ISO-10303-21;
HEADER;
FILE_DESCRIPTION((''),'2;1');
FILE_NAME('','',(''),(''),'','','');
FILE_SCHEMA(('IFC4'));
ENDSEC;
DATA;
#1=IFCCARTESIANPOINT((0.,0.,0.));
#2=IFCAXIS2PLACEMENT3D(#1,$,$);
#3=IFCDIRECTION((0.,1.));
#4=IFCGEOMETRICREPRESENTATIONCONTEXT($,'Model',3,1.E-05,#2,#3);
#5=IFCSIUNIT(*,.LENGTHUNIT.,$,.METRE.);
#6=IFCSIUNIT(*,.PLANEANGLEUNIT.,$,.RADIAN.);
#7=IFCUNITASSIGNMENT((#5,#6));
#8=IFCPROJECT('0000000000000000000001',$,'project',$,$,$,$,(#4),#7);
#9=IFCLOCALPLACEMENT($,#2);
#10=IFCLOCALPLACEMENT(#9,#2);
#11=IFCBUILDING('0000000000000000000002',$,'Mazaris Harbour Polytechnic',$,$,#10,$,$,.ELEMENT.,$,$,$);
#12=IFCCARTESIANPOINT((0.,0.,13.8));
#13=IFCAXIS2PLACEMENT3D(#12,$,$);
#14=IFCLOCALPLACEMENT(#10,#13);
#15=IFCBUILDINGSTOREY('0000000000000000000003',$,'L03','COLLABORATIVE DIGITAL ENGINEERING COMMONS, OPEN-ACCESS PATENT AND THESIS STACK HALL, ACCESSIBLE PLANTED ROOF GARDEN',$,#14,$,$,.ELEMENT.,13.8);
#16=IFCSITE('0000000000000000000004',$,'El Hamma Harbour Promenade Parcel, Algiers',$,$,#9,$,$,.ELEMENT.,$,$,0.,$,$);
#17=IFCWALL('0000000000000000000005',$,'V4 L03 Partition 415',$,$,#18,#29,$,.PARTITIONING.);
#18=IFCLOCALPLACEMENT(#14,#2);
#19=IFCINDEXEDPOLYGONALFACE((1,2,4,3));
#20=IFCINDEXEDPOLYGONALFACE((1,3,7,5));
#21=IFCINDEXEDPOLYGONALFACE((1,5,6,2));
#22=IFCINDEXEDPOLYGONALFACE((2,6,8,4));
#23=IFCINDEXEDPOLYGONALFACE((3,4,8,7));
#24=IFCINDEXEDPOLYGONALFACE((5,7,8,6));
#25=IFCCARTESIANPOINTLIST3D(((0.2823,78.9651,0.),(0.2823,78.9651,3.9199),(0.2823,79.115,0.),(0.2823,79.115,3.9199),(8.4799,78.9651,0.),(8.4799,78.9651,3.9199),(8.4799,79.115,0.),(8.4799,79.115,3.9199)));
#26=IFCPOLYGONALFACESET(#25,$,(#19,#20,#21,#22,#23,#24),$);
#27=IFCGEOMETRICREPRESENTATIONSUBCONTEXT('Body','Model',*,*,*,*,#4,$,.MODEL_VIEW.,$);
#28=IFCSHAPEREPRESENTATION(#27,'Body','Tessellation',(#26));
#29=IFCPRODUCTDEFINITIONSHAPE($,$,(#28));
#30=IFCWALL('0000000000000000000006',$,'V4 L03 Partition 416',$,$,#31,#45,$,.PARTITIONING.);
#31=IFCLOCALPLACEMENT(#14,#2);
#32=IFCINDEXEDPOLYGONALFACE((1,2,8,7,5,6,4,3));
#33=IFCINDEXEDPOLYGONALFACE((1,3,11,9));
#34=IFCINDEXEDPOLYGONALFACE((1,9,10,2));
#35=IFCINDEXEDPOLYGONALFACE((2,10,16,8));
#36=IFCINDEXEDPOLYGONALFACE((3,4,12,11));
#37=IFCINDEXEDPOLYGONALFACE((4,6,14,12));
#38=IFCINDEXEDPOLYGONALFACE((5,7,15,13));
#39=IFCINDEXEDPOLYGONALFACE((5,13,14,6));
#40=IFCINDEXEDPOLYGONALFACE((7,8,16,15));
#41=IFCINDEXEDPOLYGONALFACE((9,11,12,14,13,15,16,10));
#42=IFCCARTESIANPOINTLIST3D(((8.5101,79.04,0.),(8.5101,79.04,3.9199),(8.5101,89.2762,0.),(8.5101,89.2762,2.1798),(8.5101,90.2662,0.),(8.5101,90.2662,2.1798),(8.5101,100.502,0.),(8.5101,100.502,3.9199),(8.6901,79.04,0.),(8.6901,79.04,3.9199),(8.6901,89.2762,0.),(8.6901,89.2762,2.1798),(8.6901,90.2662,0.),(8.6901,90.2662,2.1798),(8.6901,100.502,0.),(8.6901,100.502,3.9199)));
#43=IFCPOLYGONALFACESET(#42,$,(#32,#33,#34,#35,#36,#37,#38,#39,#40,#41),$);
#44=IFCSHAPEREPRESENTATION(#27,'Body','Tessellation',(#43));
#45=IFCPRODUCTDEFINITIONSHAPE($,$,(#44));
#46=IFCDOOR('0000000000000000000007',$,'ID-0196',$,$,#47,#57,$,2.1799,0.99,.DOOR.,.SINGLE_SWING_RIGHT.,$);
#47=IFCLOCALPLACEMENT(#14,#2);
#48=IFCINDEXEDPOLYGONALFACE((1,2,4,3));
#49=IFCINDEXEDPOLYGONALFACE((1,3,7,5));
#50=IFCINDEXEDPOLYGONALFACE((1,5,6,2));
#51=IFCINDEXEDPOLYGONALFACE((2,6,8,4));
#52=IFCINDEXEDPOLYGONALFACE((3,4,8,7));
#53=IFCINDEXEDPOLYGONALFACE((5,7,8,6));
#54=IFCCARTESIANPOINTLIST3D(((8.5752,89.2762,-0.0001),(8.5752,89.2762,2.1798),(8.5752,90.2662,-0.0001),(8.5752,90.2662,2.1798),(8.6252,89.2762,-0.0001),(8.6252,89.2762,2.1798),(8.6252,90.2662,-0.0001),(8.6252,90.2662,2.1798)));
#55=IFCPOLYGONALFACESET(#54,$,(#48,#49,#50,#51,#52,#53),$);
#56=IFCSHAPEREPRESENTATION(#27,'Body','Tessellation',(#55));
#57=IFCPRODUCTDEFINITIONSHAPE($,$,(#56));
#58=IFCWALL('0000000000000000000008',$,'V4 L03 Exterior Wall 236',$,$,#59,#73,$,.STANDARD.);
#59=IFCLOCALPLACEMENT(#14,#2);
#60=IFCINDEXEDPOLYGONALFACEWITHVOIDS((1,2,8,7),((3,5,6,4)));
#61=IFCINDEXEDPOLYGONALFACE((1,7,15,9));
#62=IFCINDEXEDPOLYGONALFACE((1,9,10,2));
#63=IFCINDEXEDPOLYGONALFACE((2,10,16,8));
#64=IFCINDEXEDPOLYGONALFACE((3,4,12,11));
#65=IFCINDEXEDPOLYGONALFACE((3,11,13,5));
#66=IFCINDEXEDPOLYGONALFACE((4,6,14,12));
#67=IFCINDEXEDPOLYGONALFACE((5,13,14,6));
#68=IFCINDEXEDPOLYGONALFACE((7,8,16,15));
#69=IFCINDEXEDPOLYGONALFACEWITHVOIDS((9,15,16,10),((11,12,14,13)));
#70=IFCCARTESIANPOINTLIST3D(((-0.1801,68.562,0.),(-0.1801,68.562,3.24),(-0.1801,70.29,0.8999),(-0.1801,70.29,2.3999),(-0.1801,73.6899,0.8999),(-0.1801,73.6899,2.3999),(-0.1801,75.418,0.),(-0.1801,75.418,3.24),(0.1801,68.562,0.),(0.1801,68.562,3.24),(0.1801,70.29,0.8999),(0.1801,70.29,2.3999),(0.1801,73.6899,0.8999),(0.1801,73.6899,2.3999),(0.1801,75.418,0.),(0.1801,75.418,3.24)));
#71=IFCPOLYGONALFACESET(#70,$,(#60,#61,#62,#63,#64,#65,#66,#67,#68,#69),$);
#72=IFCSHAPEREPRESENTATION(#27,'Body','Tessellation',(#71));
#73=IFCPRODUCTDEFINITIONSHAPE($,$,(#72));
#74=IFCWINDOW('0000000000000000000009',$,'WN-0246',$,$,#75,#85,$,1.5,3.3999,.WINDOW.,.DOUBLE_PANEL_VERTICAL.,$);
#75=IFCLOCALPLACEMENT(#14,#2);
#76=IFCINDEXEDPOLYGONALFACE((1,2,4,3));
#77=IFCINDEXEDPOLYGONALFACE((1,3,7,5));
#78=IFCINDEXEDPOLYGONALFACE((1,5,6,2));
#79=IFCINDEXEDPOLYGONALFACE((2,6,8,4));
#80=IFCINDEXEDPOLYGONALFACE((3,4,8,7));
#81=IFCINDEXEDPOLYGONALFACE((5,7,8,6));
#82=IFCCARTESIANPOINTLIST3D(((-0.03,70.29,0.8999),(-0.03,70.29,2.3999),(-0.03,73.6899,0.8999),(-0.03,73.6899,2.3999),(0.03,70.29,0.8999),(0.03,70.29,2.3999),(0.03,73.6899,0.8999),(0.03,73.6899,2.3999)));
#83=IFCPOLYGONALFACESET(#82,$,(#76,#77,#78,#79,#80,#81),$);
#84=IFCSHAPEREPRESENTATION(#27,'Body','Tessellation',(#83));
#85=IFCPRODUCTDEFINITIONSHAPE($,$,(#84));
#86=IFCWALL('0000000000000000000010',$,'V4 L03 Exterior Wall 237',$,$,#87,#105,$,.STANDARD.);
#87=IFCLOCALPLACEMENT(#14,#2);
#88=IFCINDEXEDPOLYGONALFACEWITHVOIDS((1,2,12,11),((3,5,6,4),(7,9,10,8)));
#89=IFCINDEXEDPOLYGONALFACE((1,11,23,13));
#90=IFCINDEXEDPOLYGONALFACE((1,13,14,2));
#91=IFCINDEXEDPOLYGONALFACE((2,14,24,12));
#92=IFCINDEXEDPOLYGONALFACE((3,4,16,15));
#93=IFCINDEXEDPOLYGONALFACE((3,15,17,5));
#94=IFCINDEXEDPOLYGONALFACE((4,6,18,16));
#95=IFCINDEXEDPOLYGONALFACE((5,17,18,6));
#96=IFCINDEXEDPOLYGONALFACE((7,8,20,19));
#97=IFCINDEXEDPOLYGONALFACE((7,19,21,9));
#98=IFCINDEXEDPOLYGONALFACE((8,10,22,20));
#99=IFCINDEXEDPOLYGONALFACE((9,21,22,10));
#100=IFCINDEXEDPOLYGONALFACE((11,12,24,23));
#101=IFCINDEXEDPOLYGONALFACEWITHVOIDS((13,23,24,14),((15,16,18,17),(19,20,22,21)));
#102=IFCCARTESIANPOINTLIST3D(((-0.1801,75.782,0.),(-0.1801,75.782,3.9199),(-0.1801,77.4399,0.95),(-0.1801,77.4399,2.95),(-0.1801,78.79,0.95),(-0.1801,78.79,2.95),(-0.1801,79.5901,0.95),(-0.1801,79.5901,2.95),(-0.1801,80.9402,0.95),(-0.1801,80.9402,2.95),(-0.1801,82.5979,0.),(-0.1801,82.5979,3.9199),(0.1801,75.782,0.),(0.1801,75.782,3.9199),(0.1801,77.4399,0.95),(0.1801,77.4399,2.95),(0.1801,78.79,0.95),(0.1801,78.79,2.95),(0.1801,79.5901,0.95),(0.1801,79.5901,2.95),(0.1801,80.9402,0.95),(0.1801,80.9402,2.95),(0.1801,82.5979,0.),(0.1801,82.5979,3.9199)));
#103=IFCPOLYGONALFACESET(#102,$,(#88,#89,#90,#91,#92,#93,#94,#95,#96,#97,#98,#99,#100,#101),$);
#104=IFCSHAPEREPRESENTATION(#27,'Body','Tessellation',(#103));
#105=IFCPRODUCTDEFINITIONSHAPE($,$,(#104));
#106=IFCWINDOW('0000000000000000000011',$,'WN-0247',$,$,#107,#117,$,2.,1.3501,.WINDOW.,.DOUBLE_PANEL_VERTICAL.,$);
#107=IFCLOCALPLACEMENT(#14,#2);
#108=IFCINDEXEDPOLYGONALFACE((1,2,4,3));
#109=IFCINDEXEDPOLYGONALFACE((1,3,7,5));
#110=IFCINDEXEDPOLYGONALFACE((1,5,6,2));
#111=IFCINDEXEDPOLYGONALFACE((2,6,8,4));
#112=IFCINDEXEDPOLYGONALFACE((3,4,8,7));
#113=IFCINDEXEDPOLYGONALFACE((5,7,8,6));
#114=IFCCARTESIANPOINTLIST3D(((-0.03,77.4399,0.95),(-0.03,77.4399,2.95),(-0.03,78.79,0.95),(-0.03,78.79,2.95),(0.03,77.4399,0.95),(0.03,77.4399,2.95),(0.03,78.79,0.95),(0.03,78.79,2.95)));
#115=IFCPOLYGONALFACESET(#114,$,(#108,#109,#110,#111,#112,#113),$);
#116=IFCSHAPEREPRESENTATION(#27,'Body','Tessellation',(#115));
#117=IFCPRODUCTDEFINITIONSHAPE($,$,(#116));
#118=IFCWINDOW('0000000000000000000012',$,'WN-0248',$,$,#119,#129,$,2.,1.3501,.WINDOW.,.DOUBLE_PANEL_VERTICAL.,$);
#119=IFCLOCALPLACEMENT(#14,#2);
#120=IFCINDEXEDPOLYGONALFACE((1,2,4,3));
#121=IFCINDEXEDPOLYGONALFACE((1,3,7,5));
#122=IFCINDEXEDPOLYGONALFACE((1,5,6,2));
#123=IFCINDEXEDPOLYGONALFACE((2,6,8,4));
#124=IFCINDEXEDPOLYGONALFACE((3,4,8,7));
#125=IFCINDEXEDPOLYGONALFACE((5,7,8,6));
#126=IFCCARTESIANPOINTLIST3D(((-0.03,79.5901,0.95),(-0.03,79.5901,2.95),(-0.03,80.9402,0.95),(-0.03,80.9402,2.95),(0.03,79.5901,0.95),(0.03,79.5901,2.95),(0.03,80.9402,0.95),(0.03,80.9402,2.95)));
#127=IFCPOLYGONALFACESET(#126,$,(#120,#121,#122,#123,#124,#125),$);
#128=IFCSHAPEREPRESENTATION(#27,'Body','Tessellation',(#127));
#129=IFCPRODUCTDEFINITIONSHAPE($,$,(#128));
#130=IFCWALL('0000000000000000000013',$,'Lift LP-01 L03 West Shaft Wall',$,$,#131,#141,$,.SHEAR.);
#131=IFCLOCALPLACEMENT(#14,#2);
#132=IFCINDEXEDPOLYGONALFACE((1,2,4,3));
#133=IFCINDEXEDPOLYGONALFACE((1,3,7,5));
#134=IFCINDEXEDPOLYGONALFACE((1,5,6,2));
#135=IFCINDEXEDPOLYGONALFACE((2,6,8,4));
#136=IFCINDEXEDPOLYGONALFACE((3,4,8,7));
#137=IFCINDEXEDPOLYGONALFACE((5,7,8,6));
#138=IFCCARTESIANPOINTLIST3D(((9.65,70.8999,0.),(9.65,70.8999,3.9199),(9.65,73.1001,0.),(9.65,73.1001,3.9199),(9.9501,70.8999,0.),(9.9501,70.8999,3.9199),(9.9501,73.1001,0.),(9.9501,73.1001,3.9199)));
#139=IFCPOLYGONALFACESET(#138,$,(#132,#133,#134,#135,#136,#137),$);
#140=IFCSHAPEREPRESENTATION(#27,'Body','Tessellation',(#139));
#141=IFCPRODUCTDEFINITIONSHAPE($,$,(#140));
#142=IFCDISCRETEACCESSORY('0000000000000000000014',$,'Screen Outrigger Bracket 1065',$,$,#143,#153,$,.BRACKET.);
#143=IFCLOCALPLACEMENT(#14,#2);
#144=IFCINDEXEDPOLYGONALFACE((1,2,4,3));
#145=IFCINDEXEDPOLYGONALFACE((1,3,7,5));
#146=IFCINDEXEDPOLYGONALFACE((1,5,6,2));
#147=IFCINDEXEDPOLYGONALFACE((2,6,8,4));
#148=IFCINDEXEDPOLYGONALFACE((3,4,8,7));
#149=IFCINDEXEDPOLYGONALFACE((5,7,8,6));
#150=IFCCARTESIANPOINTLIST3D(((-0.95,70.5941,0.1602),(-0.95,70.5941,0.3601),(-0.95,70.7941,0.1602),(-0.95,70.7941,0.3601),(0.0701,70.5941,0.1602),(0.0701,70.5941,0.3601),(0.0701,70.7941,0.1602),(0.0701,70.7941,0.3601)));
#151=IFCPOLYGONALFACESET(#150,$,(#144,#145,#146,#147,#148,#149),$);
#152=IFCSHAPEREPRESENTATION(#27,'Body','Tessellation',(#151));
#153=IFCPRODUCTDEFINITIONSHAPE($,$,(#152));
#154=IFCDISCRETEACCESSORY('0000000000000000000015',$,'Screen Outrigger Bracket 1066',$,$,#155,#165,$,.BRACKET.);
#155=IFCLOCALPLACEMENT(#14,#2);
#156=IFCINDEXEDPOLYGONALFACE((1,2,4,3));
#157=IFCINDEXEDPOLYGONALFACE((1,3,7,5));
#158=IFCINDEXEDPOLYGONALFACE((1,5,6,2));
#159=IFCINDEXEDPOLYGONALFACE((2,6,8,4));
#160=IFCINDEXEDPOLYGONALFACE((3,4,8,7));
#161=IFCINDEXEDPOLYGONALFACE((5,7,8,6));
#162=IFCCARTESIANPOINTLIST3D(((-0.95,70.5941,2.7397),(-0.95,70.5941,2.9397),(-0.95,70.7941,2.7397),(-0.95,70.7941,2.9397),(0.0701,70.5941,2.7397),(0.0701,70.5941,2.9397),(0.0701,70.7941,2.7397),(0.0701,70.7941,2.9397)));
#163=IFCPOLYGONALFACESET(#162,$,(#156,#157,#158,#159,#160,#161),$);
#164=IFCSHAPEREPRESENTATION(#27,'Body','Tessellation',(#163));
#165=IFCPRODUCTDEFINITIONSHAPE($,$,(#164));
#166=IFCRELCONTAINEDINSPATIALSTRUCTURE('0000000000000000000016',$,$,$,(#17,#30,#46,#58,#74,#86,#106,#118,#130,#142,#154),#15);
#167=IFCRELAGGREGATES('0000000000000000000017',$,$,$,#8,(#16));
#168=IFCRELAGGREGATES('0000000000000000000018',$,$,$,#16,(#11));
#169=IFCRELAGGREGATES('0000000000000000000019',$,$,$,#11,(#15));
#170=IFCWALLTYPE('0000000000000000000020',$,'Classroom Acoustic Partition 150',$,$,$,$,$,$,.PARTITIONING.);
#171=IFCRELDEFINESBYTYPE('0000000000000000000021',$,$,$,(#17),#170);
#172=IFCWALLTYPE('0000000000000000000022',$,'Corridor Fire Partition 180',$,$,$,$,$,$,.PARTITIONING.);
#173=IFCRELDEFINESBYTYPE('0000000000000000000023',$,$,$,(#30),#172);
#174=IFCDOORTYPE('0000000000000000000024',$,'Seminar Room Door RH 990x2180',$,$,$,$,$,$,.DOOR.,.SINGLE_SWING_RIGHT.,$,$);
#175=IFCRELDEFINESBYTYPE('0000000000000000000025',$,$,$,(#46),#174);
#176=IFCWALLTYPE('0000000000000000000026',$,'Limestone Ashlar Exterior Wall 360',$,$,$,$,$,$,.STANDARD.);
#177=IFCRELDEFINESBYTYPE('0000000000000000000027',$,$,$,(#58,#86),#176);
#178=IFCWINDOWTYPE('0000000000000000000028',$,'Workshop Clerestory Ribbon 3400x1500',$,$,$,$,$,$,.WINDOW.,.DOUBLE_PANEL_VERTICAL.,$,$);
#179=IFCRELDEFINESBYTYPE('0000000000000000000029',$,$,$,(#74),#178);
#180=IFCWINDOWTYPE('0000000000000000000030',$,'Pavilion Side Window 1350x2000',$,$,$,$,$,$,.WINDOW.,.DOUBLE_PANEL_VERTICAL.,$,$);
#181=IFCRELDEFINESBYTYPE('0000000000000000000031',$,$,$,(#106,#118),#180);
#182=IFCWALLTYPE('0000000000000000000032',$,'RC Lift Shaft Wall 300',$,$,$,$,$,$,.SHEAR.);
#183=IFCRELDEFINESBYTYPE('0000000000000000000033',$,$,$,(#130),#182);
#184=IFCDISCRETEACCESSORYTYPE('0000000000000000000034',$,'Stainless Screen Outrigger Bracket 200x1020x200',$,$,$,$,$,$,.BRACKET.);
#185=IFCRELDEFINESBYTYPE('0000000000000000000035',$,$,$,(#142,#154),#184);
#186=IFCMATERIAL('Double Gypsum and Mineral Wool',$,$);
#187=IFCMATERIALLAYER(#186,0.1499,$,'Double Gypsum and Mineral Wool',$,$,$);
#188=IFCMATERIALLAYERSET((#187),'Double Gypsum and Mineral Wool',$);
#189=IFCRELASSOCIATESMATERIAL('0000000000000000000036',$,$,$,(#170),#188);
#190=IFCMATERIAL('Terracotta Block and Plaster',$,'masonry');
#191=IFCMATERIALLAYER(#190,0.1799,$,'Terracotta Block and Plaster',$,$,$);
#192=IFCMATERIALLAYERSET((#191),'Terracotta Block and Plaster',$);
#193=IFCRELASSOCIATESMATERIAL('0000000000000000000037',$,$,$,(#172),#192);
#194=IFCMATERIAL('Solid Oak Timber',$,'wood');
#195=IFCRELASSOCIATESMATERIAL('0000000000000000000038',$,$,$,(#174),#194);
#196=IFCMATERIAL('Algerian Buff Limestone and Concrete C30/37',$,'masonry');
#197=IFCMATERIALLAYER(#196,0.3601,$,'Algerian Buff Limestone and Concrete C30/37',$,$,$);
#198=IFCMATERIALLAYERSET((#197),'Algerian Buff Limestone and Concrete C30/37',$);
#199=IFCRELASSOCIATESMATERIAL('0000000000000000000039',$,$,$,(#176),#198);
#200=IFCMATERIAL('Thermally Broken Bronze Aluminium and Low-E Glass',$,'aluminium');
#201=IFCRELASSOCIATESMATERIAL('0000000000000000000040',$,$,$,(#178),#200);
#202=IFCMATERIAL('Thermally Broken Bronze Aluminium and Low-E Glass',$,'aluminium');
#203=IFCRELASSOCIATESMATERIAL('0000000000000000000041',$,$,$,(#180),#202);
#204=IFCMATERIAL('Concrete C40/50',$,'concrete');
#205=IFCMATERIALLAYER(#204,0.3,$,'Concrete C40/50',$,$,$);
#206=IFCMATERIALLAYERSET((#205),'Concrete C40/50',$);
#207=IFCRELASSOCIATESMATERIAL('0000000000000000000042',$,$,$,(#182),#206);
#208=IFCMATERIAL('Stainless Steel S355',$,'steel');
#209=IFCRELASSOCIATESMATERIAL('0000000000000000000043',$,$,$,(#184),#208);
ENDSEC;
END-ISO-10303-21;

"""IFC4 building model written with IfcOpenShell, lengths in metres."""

from ifc_helpers import new_model, si_unit, direction, frame, frame_2d, origin, origin_2d, place, context, subcontext, project, spatial, rectangle, extrude, material, layer, layer_set, type_object, element, fill, save


model = new_model("IFC4")

# Units and contexts
model_context = context("Model", 3, precision=1e-05, world=origin(), true_north=direction((0.0, 1.0)))
body_context = subcontext(model_context, "Body", "Model", "MODEL_VIEW")
ifc_project = project(units=[si_unit("LENGTHUNIT", "METRE"), si_unit("PLANEANGLEUNIT", "RADIAN")], contexts=[model_context])

# Site, building, storey
site_placement = place(None, origin())
site = spatial("IfcSite", under=ifc_project, at=site_placement, Name="El Hamma Harbour Promenade Parcel, Algiers", CompositionType="ELEMENT", RefElevation=0.0)
building_placement = place(site_placement, origin())
building = spatial("IfcBuilding", under=site, at=building_placement, Name="Mazaris Harbour Polytechnic", CompositionType="ELEMENT")
storey_placement = place(building_placement, frame((0.0, 0.0, 13.8)))
storey = spatial("IfcBuildingStorey", under=building, at=storey_placement, Name="L03", Description="COLLABORATIVE DIGITAL ENGINEERING COMMONS, OPEN-ACCESS PATENT AND THESIS STACK HALL, ACCESSIBLE PLANTED ROOF GARDEN", CompositionType="ELEMENT", Elevation=13.8)

# Wall
ifc_material_1 = material(Name="Double Gypsum and Mineral Wool")
ifc_layer_1 = layer(ifc_material_1, 0.1499, Name="Double Gypsum and Mineral Wool")
ifc_layer_set_1 = layer_set([ifc_layer_1], Name="Double Gypsum and Mineral Wool")
wall_type_1 = type_object("IfcWallType", Name="Classroom Acoustic Partition 150", PredefinedType="PARTITIONING", material=ifc_layer_set_1)
wall_1_placement = place(storey_placement, frame((0.2825, 79.04, 0.0), z_axis=(0.0, 0.0, 1.0), x_axis=(1.0, 0.0, 0.0)))
element("IfcWall", 1, at=wall_1_placement, inside=storey, type_object=wall_type_1, Name="V4 L03 Partition 415", PredefinedType="PARTITIONING", context=body_context, shape_type="SweptSolid", body=[
    extrude(rectangle(XDim=8.1975, YDim=0.1499, at=frame_2d((4.0986, 0.0))), origin(), (0.0, 0.0, 1.0), 3.9199),
])

# Wall, opening, door
ifc_material_2 = material(Name="Terracotta Block and Plaster", Category="masonry")
ifc_layer_2 = layer(ifc_material_2, 0.1799, Name="Terracotta Block and Plaster")
ifc_layer_set_2 = layer_set([ifc_layer_2], Name="Terracotta Block and Plaster")
wall_type_2 = type_object("IfcWallType", Name="Corridor Fire Partition 180", PredefinedType="PARTITIONING", material=ifc_layer_set_2)
wall_2_placement = place(storey_placement, frame((8.6001, 79.04, 0.0), z_axis=(0.0, 0.0, 1.0), x_axis=(0.0, 1.0, 0.0)))
wall_2 = element("IfcWall", 2, at=wall_2_placement, inside=storey, type_object=wall_type_2, Name="V4 L03 Partition 416", PredefinedType="PARTITIONING", context=body_context, shape_type="SweptSolid", body=[
    extrude(rectangle(XDim=21.4619, YDim=0.1799, at=frame_2d((10.731, 0.0))), origin(), (0.0, 0.0, 1.0), 3.9199),
])
opening_1_placement = place(wall_2_placement, frame((10.2361, 0.0, 0.0)))
opening_1 = element("IfcOpeningElement", 3, at=opening_1_placement, cuts=wall_2, PredefinedType="OPENING", context=body_context, shape_type="SweptSolid", body=[
    extrude(rectangle(XDim=0.99, YDim=2.1799, at=frame_2d((0.4951, 1.0898))), frame((0.0, 0.0999, 0.0), z_axis=(0.0, -1.0, 0.0), x_axis=(1.0, 0.0, 0.0)), (0.0, 0.0, 1.0), 0.2),
])
ifc_material_3 = material(Name="Solid Oak Timber", Category="wood")
door_type = type_object("IfcDoorType", Name="Seminar Room Door RH 990x2180", OperationType="SINGLE_SWING_RIGHT", PredefinedType="DOOR", material=ifc_material_3)
door_placement = place(opening_1_placement, origin())
door = element("IfcDoor", 4, at=door_placement, inside=storey, type_object=door_type, Name="ID-0196", OperationType="SINGLE_SWING_RIGHT", OverallHeight=2.1799, OverallWidth=0.99, PredefinedType="DOOR", context=body_context, shape_type="SweptSolid", body=[
    extrude(rectangle(XDim=0.99, YDim=2.1799, at=frame_2d((0.4951, 1.0898))), frame((0.0, 0.0249, 0.0), z_axis=(0.0, -1.0, 0.0), x_axis=(1.0, 0.0, 0.0)), (0.0, 0.0, 1.0), 0.05),
])
fill(opening_1, door)

# Wall, opening, window
ifc_material_4 = material(Name="Algerian Buff Limestone and Concrete C30/37", Category="masonry")
ifc_layer_3 = layer(ifc_material_4, 0.3601, Name="Algerian Buff Limestone and Concrete C30/37")
ifc_layer_set_3 = layer_set([ifc_layer_3], Name="Algerian Buff Limestone and Concrete C30/37")
wall_type_3 = type_object("IfcWallType", Name="Limestone Ashlar Exterior Wall 360", PredefinedType="STANDARD", material=ifc_layer_set_3)
wall_3_placement = place(storey_placement, frame((0.0, 68.562, 0.0), z_axis=(0.0, 0.0, 1.0), x_axis=(0.0, 1.0, 0.0)))
wall_3 = element("IfcWall", 5, at=wall_3_placement, inside=storey, type_object=wall_type_3, Name="V4 L03 Exterior Wall 236", PredefinedType="STANDARD", context=body_context, shape_type="SweptSolid", body=[
    extrude(rectangle(XDim=6.856, YDim=0.3601, at=frame_2d((3.428, 0.0))), origin(), (0.0, 0.0, 1.0), 3.24),
])
opening_2_placement = place(wall_3_placement, frame((1.728, 0.0, 0.8999)))
opening_2 = element("IfcOpeningElement", 6, at=opening_2_placement, cuts=wall_3, PredefinedType="OPENING", context=body_context, shape_type="SweptSolid", body=[
    extrude(rectangle(XDim=3.3999, YDim=1.5, at=frame_2d((1.7, 0.75))), frame((0.0, 0.1899, 0.0), z_axis=(0.0, -1.0, 0.0), x_axis=(1.0, 0.0, 0.0)), (0.0, 0.0, 1.0), 0.3801),
])
ifc_material_5 = material(Name="Thermally Broken Bronze Aluminium and Low-E Glass", Category="aluminium")
window_type_1 = type_object("IfcWindowType", Name="Workshop Clerestory Ribbon 3400x1500", PartitioningType="DOUBLE_PANEL_VERTICAL", PredefinedType="WINDOW", material=ifc_material_5)
window_1_placement = place(opening_2_placement, origin())
window_1 = element("IfcWindow", 7, at=window_1_placement, inside=storey, type_object=window_type_1, Name="WN-0246", OverallHeight=1.5, OverallWidth=3.3999, PartitioningType="DOUBLE_PANEL_VERTICAL", PredefinedType="WINDOW", context=body_context, shape_type="SweptSolid", body=[
    extrude(rectangle(XDim=3.3999, YDim=1.5, at=frame_2d((1.7, 0.75))), frame((0.0, 0.03, 0.0), z_axis=(0.0, -1.0, 0.0), x_axis=(1.0, 0.0, 0.0)), (0.0, 0.0, 1.0), 0.0601),
])
fill(opening_2, window_1)

# Wall, openings, windows
wall_4_placement = place(storey_placement, frame((0.0, 75.782, 0.0), z_axis=(0.0, 0.0, 1.0), x_axis=(0.0, 1.0, 0.0)))
wall_4 = element("IfcWall", 8, at=wall_4_placement, inside=storey, type_object=wall_type_3, Name="V4 L03 Exterior Wall 237", PredefinedType="STANDARD", context=body_context, shape_type="SweptSolid", body=[
    extrude(rectangle(XDim=6.8159, YDim=0.3601, at=frame_2d((3.408, 0.0))), origin(), (0.0, 0.0, 1.0), 3.9199),
])
opening_3_placement = place(wall_4_placement, frame((1.658, 0.0, 0.95)))
opening_3 = element("IfcOpeningElement", 9, at=opening_3_placement, cuts=wall_4, PredefinedType="OPENING", context=body_context, shape_type="SweptSolid", body=[
    extrude(rectangle(XDim=1.3501, YDim=2.0, at=frame_2d((0.675, 1.0))), frame((0.0, 0.1899, 0.0), z_axis=(0.0, -1.0, 0.0), x_axis=(1.0, 0.0, 0.0)), (0.0, 0.0, 1.0), 0.3801),
])
opening_4_placement = place(wall_4_placement, frame((3.8081, 0.0, 0.95)))
opening_4 = element("IfcOpeningElement", 10, at=opening_4_placement, cuts=wall_4, PredefinedType="OPENING", context=body_context, shape_type="SweptSolid", body=[
    extrude(rectangle(XDim=1.3501, YDim=2.0, at=frame_2d((0.675, 1.0))), frame((0.0, 0.1899, 0.0), z_axis=(0.0, -1.0, 0.0), x_axis=(1.0, 0.0, 0.0)), (0.0, 0.0, 1.0), 0.3801),
])
ifc_material_6 = material(Name="Thermally Broken Bronze Aluminium and Low-E Glass", Category="aluminium")
window_type_2 = type_object("IfcWindowType", Name="Pavilion Side Window 1350x2000", PartitioningType="DOUBLE_PANEL_VERTICAL", PredefinedType="WINDOW", material=ifc_material_6)
window_2_placement = place(opening_3_placement, origin())
window_2 = element("IfcWindow", 11, at=window_2_placement, inside=storey, type_object=window_type_2, Name="WN-0247", OverallHeight=2.0, OverallWidth=1.3501, PartitioningType="DOUBLE_PANEL_VERTICAL", PredefinedType="WINDOW", context=body_context, shape_type="SweptSolid", body=[
    extrude(rectangle(XDim=1.3501, YDim=2.0, at=frame_2d((0.675, 1.0))), frame((0.0, 0.03, 0.0), z_axis=(0.0, -1.0, 0.0), x_axis=(1.0, 0.0, 0.0)), (0.0, 0.0, 1.0), 0.0601),
])
fill(opening_3, window_2)
window_3_placement = place(opening_4_placement, origin())
window_3 = element("IfcWindow", 12, at=window_3_placement, inside=storey, type_object=window_type_2, Name="WN-0248", OverallHeight=2.0, OverallWidth=1.3501, PartitioningType="DOUBLE_PANEL_VERTICAL", PredefinedType="WINDOW", context=body_context, shape_type="SweptSolid", body=[
    extrude(rectangle(XDim=1.3501, YDim=2.0, at=frame_2d((0.675, 1.0))), frame((0.0, 0.03, 0.0), z_axis=(0.0, -1.0, 0.0), x_axis=(1.0, 0.0, 0.0)), (0.0, 0.0, 1.0), 0.0601),
])
fill(opening_4, window_3)

# Wall
ifc_material_7 = material(Name="Concrete C40/50", Category="concrete")
ifc_layer_4 = layer(ifc_material_7, 0.3, Name="Concrete C40/50")
ifc_layer_set_4 = layer_set([ifc_layer_4], Name="Concrete C40/50")
wall_type_4 = type_object("IfcWallType", Name="RC Lift Shaft Wall 300", PredefinedType="SHEAR", material=ifc_layer_set_4)
wall_5_placement = place(storey_placement, frame((9.8, 73.1001, 0.0), z_axis=(0.0, 0.0, 1.0), x_axis=(0.0, -1.0, 0.0)))
element("IfcWall", 13, at=wall_5_placement, inside=storey, type_object=wall_type_4, Name="Lift LP-01 L03 West Shaft Wall", PredefinedType="SHEAR", context=body_context, shape_type="SweptSolid", body=[
    extrude(rectangle(XDim=2.2002, YDim=0.3, at=frame_2d((1.1001, 0.0))), origin(), (0.0, 0.0, 1.0), 3.9199),
])

# Discrete accessories
ifc_material_8 = material(Name="Stainless Steel S355", Category="steel")
discrete_accessory_type = type_object("IfcDiscreteAccessoryType", Name="Stainless Screen Outrigger Bracket 200x1020x200", PredefinedType="BRACKET", material=ifc_material_8)
for number, where, z_axis, x_axis, name in (
    (14, (-0.4399, 70.6941, 0.1602), (0.0, 0.0, 1.0), (0.0, 1.0, 0.0), "Screen Outrigger Bracket 1065"),
    (15, (-0.4399, 70.6941, 2.7397), (0.0, 0.0, 1.0), (0.0, 1.0, 0.0), "Screen Outrigger Bracket 1066"),
):
    element("IfcDiscreteAccessory", number, at=place(storey_placement, frame(where, z_axis=z_axis, x_axis=x_axis)), inside=storey, type_object=discrete_accessory_type, Name=name, PredefinedType="BRACKET", context=body_context, shape_type="SweptSolid", body=[
        extrude(rectangle(XDim=0.2, YDim=1.02, at=origin_2d()), origin(), (0.0, 0.0, 1.0), 0.2),
    ])

save(model, "model.ifc")
